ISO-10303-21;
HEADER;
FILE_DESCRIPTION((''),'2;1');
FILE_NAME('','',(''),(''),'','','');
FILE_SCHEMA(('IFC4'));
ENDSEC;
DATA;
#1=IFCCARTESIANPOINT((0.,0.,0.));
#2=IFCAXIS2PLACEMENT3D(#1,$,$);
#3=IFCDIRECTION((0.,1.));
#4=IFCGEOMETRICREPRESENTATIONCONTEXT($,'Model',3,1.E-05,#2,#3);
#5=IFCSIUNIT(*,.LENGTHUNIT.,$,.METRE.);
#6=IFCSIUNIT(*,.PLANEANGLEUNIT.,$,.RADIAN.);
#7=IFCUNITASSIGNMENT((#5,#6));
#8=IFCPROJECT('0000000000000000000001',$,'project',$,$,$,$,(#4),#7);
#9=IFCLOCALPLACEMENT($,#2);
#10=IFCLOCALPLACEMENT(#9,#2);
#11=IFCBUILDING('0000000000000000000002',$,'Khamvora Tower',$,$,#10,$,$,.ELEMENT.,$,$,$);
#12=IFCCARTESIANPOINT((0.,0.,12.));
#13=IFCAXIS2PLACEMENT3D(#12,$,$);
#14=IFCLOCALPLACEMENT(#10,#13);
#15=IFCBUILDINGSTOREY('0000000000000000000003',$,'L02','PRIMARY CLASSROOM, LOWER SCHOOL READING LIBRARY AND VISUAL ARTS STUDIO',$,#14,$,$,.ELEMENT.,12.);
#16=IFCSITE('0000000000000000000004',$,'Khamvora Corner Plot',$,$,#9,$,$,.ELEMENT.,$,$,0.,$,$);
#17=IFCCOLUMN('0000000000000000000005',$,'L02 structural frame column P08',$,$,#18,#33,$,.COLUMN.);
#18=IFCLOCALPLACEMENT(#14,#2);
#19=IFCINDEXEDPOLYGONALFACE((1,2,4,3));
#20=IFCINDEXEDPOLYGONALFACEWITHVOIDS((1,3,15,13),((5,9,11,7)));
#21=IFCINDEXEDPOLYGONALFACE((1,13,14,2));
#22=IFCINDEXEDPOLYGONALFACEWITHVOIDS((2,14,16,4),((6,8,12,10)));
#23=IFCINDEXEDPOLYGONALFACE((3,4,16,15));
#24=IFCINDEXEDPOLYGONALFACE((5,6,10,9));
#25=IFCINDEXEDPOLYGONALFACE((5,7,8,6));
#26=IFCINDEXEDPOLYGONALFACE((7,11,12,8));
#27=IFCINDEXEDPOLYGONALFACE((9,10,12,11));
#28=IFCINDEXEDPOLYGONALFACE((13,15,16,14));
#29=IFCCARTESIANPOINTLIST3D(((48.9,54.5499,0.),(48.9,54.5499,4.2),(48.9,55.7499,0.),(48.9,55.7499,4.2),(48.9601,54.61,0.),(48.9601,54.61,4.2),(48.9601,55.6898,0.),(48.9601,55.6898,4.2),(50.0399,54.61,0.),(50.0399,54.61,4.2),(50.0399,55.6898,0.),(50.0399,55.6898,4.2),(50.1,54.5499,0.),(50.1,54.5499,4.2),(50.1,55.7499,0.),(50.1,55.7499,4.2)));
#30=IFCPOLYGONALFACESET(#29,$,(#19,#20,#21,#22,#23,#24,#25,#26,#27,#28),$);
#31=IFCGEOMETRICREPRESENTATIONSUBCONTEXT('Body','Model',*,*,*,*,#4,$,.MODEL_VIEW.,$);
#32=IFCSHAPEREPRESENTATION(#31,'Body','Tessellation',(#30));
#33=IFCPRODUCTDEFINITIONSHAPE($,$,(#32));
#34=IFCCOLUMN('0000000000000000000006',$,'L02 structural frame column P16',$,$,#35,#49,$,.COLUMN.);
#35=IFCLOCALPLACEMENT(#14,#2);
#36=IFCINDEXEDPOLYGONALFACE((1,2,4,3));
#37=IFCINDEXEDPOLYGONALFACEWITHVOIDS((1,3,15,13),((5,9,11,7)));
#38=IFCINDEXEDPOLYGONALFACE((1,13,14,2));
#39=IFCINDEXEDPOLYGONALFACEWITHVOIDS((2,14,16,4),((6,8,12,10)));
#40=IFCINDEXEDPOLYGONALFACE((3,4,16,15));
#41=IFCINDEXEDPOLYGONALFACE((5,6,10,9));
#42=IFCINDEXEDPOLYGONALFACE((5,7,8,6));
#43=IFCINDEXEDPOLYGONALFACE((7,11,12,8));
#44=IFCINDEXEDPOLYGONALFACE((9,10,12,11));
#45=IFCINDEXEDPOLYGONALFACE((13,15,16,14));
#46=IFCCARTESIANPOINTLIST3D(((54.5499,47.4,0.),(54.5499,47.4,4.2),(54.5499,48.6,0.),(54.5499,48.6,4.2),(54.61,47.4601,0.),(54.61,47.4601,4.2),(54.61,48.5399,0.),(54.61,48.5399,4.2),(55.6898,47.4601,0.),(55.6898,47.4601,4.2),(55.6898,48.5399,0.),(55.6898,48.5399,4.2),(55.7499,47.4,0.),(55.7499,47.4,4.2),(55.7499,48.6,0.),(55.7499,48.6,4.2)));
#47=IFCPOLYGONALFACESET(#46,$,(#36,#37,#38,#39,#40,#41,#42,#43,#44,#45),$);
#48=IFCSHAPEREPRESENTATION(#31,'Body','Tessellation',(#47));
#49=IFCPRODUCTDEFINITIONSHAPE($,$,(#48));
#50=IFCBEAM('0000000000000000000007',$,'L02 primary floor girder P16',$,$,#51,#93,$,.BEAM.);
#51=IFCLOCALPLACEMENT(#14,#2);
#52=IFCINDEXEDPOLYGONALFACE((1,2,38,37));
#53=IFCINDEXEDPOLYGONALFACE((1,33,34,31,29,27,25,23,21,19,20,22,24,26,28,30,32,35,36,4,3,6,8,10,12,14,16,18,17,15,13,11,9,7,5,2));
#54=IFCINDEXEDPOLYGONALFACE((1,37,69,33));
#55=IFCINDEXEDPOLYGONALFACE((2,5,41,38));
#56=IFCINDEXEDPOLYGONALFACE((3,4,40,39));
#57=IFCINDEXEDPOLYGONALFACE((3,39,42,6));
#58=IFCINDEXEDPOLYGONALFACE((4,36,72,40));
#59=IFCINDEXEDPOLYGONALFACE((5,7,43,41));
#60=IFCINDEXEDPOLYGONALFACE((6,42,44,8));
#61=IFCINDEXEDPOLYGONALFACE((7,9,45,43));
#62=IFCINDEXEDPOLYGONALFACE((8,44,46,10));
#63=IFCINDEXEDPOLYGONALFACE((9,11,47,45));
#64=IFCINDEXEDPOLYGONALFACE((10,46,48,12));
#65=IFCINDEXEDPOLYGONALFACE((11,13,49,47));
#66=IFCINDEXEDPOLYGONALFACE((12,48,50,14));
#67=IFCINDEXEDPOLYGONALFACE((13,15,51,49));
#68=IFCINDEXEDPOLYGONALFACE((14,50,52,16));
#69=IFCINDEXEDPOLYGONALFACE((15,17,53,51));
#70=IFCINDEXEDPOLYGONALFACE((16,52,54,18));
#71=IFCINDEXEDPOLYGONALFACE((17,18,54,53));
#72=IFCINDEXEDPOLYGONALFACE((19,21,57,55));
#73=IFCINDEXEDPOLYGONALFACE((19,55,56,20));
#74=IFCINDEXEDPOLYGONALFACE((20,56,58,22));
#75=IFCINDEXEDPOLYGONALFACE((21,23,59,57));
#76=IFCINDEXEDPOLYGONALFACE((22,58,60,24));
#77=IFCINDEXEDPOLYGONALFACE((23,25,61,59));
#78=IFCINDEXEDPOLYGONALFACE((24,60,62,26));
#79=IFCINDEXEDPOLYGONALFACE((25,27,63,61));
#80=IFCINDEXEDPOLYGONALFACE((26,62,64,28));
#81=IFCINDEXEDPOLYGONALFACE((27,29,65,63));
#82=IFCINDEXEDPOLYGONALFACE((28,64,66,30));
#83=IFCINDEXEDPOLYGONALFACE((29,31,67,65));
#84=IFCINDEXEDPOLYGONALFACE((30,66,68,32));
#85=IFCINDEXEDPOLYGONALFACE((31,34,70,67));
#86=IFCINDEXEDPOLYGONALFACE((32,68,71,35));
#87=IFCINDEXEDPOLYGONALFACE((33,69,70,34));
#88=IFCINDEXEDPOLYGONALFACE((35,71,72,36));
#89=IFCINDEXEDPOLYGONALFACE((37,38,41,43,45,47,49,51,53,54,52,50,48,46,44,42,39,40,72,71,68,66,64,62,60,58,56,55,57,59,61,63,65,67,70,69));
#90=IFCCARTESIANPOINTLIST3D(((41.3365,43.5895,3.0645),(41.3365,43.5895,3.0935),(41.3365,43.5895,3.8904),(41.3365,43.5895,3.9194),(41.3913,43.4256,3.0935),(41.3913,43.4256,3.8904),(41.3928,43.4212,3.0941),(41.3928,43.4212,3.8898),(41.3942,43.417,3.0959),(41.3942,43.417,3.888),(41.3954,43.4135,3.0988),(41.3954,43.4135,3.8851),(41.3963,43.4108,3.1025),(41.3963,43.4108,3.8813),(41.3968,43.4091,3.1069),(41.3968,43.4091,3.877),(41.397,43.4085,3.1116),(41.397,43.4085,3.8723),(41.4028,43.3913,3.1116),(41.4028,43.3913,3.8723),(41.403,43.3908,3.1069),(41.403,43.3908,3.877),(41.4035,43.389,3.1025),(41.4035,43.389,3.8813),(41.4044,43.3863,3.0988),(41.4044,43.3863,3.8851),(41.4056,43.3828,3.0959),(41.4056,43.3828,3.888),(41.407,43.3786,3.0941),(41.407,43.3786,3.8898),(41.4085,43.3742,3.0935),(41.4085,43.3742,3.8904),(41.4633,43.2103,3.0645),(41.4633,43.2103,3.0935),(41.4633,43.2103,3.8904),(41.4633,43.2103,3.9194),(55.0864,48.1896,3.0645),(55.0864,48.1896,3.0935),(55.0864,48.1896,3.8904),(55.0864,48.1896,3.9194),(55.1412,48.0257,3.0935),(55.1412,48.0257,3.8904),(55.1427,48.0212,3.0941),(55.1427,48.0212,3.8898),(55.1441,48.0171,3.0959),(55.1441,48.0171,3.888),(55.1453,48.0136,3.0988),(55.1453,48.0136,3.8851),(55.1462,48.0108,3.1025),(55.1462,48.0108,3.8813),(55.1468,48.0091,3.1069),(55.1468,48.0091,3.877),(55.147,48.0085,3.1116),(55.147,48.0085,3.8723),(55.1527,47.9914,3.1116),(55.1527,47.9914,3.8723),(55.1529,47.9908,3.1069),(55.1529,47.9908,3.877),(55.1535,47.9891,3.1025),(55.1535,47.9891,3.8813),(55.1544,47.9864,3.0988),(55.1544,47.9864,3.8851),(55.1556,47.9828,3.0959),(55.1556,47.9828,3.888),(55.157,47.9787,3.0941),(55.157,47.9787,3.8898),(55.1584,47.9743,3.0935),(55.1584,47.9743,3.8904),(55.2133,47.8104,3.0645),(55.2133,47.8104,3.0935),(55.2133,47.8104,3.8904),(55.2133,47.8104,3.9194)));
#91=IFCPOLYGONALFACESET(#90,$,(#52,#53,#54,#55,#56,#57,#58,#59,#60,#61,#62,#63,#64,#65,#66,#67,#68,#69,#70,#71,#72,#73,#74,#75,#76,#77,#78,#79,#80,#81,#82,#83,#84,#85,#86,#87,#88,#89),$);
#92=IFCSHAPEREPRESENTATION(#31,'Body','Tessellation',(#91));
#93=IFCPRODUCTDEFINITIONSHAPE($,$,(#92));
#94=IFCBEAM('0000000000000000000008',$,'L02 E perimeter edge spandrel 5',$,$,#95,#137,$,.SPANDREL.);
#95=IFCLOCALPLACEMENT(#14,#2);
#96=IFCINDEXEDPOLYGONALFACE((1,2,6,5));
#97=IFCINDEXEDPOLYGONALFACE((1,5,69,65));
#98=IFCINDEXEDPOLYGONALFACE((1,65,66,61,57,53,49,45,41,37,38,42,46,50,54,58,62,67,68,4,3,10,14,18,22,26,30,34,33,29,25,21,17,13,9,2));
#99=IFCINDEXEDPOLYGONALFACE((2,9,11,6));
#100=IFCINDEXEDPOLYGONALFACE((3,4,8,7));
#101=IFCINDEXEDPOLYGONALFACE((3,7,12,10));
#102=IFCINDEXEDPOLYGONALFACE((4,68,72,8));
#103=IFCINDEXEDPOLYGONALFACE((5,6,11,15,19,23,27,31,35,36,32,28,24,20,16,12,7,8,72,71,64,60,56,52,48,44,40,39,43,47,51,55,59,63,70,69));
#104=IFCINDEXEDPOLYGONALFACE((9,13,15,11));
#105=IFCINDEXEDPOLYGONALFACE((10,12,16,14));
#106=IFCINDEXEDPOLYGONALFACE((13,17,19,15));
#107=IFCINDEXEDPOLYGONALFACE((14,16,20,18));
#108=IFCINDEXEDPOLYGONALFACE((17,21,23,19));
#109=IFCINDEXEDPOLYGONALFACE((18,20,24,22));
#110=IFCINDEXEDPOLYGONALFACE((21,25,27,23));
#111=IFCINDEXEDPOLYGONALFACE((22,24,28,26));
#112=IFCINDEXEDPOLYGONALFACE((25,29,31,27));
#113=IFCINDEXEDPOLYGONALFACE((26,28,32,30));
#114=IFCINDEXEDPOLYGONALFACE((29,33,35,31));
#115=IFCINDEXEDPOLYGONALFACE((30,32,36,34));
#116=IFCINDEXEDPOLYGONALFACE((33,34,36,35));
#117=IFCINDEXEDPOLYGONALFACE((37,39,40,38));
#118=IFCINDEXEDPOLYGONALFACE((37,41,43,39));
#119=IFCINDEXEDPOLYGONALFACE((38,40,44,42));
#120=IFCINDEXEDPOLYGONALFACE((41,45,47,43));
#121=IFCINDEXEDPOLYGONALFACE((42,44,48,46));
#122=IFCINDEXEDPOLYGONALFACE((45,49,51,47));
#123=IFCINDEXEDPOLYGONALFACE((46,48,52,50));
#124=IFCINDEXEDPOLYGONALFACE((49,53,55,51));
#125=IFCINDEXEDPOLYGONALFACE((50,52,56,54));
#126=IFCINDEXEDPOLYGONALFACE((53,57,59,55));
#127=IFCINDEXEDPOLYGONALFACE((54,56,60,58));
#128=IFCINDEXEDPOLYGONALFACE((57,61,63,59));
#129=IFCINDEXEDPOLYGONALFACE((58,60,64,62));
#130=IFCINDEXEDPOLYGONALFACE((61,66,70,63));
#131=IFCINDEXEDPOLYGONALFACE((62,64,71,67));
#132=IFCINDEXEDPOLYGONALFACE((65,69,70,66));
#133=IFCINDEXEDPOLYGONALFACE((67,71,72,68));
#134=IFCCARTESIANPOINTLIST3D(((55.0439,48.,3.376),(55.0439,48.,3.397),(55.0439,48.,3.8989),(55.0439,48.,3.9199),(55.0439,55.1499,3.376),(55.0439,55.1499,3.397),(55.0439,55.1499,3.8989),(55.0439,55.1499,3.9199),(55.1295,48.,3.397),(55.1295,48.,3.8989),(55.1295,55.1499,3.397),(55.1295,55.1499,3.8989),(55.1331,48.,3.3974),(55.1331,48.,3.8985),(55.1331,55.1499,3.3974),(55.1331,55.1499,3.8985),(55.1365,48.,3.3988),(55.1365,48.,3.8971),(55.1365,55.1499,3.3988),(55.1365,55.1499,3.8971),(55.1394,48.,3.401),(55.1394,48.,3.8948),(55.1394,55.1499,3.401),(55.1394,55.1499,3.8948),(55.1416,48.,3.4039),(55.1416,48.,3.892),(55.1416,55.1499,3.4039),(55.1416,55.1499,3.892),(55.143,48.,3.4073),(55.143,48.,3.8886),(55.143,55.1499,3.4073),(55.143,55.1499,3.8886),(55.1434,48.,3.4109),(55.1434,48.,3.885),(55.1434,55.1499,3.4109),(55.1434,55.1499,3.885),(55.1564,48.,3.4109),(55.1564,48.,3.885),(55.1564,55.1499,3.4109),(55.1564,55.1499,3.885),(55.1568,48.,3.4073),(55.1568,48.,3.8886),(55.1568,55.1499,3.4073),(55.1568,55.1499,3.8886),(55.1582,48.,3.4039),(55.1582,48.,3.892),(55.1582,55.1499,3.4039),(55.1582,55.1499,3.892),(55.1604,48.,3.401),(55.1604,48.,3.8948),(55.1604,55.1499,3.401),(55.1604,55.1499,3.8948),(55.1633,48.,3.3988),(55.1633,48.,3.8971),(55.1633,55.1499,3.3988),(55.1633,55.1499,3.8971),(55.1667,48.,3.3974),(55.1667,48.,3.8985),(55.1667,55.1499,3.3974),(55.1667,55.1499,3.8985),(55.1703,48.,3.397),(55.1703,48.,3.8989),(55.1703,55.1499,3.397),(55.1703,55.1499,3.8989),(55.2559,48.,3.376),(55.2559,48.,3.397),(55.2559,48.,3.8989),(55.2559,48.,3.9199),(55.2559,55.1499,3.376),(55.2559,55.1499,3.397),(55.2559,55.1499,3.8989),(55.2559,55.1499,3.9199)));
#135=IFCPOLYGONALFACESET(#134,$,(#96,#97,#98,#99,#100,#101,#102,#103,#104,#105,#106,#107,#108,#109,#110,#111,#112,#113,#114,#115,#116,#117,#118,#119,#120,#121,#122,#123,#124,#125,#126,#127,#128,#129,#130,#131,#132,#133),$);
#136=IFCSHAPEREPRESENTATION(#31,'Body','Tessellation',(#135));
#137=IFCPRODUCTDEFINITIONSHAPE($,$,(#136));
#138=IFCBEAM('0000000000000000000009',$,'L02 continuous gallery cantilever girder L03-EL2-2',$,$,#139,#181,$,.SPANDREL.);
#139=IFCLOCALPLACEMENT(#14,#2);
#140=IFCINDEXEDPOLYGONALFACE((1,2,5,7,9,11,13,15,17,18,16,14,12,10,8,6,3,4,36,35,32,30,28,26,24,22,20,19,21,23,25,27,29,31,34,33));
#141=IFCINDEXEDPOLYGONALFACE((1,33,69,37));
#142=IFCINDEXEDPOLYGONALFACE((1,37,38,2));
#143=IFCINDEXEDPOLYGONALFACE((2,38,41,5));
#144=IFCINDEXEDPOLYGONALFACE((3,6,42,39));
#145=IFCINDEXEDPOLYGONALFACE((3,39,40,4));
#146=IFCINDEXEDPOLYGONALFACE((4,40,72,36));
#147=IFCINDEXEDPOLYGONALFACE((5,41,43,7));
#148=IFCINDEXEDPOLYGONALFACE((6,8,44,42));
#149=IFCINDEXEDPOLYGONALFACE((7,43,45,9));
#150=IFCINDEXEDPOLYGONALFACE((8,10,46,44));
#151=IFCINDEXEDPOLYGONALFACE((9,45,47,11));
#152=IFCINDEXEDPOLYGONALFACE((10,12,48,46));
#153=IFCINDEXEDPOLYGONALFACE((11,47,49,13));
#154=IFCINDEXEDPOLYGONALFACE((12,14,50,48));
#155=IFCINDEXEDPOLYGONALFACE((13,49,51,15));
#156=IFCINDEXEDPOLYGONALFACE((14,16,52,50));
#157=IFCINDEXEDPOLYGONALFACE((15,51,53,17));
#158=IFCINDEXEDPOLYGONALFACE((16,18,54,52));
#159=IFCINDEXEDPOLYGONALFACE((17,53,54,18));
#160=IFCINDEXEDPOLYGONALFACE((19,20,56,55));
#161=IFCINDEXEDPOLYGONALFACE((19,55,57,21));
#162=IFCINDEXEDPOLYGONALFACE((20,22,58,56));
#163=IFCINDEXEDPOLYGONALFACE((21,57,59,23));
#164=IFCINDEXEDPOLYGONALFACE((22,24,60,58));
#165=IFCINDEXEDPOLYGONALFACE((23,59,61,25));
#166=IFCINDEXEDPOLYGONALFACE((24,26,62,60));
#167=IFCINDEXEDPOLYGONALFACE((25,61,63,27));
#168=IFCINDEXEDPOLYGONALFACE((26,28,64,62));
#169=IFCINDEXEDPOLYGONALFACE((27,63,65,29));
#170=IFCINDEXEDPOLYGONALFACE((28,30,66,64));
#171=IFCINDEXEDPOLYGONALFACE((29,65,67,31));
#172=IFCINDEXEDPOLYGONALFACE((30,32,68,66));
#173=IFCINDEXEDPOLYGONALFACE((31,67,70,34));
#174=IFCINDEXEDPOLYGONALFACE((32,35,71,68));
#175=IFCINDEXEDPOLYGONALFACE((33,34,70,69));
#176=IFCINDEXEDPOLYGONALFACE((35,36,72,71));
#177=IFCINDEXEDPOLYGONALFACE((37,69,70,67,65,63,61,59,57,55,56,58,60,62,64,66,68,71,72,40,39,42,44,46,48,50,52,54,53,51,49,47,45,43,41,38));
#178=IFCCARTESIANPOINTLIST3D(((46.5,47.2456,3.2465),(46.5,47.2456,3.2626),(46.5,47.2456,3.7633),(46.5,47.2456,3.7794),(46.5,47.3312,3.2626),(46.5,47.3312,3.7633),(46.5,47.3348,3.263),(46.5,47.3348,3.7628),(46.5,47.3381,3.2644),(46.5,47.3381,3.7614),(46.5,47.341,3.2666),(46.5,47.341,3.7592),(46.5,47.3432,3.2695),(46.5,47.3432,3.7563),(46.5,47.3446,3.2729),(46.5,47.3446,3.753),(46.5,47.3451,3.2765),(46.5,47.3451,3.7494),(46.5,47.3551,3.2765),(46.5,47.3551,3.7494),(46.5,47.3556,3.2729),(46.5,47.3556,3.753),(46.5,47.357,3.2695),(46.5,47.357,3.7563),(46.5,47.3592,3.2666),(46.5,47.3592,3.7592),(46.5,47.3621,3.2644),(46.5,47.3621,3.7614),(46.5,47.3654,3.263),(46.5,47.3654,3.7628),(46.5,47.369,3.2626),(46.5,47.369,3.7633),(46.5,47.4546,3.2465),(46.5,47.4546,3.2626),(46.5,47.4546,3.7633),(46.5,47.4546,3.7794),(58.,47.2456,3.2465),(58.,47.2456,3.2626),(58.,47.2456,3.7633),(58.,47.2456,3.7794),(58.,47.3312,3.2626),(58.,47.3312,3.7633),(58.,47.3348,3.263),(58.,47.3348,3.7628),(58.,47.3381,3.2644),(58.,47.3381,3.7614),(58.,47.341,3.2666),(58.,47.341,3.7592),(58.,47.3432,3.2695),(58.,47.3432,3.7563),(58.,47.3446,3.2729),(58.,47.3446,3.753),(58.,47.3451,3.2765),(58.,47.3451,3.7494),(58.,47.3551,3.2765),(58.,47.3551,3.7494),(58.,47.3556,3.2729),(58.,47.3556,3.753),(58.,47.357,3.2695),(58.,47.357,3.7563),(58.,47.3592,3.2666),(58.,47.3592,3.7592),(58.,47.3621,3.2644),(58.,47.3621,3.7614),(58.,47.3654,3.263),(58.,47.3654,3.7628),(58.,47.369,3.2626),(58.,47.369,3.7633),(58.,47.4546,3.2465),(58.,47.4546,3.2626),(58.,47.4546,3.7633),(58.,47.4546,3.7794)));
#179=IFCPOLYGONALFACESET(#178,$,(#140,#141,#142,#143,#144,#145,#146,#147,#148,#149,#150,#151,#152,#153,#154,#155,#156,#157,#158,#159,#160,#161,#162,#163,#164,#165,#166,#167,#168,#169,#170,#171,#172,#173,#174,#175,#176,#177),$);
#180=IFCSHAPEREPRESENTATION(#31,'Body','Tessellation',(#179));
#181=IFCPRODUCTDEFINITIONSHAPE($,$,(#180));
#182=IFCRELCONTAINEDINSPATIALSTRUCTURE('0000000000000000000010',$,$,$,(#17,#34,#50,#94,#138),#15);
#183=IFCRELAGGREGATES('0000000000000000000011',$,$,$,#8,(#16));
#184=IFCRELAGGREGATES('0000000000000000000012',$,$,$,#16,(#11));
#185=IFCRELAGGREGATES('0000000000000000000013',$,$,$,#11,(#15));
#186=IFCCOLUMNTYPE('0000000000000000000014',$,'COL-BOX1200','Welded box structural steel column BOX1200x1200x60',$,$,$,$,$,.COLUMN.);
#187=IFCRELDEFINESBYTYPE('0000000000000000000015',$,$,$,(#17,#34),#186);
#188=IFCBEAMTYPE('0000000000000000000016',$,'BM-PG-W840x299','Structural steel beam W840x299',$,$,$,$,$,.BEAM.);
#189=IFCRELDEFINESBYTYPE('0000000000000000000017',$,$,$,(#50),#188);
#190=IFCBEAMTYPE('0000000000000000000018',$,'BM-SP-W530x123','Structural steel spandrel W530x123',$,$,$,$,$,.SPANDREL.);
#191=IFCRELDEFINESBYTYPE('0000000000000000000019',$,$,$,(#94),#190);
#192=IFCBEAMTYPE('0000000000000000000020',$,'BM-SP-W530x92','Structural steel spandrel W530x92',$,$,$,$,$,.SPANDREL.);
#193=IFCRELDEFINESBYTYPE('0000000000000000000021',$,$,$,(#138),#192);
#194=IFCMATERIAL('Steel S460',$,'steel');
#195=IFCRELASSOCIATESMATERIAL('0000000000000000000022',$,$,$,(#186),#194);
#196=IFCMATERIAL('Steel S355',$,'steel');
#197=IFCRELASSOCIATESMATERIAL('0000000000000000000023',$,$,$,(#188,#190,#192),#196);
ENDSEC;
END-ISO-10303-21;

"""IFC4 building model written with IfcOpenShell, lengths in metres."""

from ifc_helpers import new_model, si_unit, direction, frame, origin, origin_2d, place, context, subcontext, project, spatial, hollow_rectangle, i_section, extrude, material, material_profile, profile_set, type_object, element, save


model = new_model("IFC4")

# Units and contexts
model_context = context("Model", 3, precision=1e-05, world=origin(), true_north=direction((0.0, 1.0)))
body_context = subcontext(model_context, "Body", "Model", "MODEL_VIEW")
ifc_project = project(units=[si_unit("LENGTHUNIT", "METRE"), si_unit("PLANEANGLEUNIT", "RADIAN")], contexts=[model_context])

# Site, building, storey
site_placement = place(None, origin())
site = spatial("IfcSite", under=ifc_project, at=site_placement, Name="Khamvora Corner Plot", CompositionType="ELEMENT", RefElevation=0.0)
building_placement = place(site_placement, origin())
building = spatial("IfcBuilding", under=site, at=building_placement, Name="Khamvora Tower", CompositionType="ELEMENT")
storey_placement = place(building_placement, frame((0.0, 0.0, 12.0)))
storey = spatial("IfcBuildingStorey", under=building, at=storey_placement, Name="L02", Description="PRIMARY CLASSROOM, LOWER SCHOOL READING LIBRARY AND VISUAL ARTS STUDIO", CompositionType="ELEMENT", Elevation=12.0)

# Columns
ifc_material_1 = material(Name="Steel S460", Category="steel")
ifc_material_profile_1 = material_profile(ifc_material_1, hollow_rectangle(XDim=1.2, YDim=1.2, WallThickness=0.0601, at=origin_2d()), Name="BOX1200x1200x60")
ifc_profile_set_1 = profile_set([ifc_material_profile_1], Name="Steel S460")
column_type = type_object("IfcColumnType", Name="COL-BOX1200", Description="Welded box structural steel column BOX1200x1200x60", PredefinedType="COLUMN", material=ifc_profile_set_1)
for number, where, z_axis, x_axis, name in (
    (1, (49.5, 55.1499, 0.0), (0.0, 0.0, 1.0), (1.0, 0.0, 0.0), "L02 structural frame column P08"),
    (2, (55.1499, 48.0, 0.0), (0.0, 0.0, 1.0), (1.0, 0.0, 0.0), "L02 structural frame column P16"),
):
    element("IfcColumn", number, at=place(storey_placement, frame(where, z_axis=z_axis, x_axis=x_axis)), inside=storey, type_object=column_type, Name=name, PredefinedType="COLUMN", context=body_context, shape_type="SweptSolid", body=[
        extrude(hollow_rectangle(XDim=1.2, YDim=1.2, WallThickness=0.0601, at=origin_2d()), origin(), (0.0, 0.0, 1.0), 4.2),
    ])

# Beams
ifc_material_2 = material(Name="Steel S355", Category="steel")
ifc_material_profile_2 = material_profile(ifc_material_2, i_section(OverallWidth=0.3999, OverallDepth=0.855, WebThickness=0.0181, FlangeThickness=0.0291, FilletRadius=0.0181, at=origin_2d()), Name="W840x299")
ifc_profile_set_2 = profile_set([ifc_material_profile_2], Name="Steel S355")
beam_type_1 = type_object("IfcBeamType", Name="BM-PG-W840x299", Description="Structural steel beam W840x299", PredefinedType="BEAM", material=ifc_profile_set_2)
beam_1_placement = place(storey_placement, frame((41.3999, 43.3999, 3.4919), z_axis=(0.948336, 0.317268, 0.0), x_axis=(-0.317268, 0.948336, 0.0)))
element("IfcBeam", 3, at=beam_1_placement, inside=storey, type_object=beam_type_1, Name="L02 primary floor girder P16", PredefinedType="BEAM", context=body_context, shape_type="SweptSolid", body=[
    extrude(i_section(OverallWidth=0.3999, OverallDepth=0.855, WebThickness=0.0181, FlangeThickness=0.0291, FilletRadius=0.0181, at=origin_2d()), origin(), (0.0, 0.0, 1.0), 14.499),
])
ifc_material_profile_3 = material_profile(ifc_material_2, i_section(OverallWidth=0.2119, OverallDepth=0.5439, WebThickness=0.0129, FlangeThickness=0.021, FilletRadius=0.0139, at=origin_2d()), Name="W530x123")
ifc_profile_set_3 = profile_set([ifc_material_profile_3], Name="Steel S355")
beam_type_2 = type_object("IfcBeamType", Name="BM-SP-W530x123", Description="Structural steel spandrel W530x123", PredefinedType="SPANDREL", material=ifc_profile_set_3)
beam_2_placement = place(storey_placement, frame((55.1499, 48.0, 3.6479), z_axis=(0.0, 1.0, 0.0), x_axis=(-1.0, 0.0, 0.0)))
element("IfcBeam", 4, at=beam_2_placement, inside=storey, type_object=beam_type_2, Name="L02 E perimeter edge spandrel 5", PredefinedType="SPANDREL", context=body_context, shape_type="SweptSolid", body=[
    extrude(i_section(OverallWidth=0.2119, OverallDepth=0.5439, WebThickness=0.0129, FlangeThickness=0.021, FilletRadius=0.0139, at=origin_2d()), origin(), (0.0, 0.0, 1.0), 7.1499),
])
ifc_material_profile_4 = material_profile(ifc_material_2, i_section(OverallWidth=0.209, OverallDepth=0.533, WebThickness=0.01, FlangeThickness=0.0161, FilletRadius=0.0139, at=origin_2d()), Name="W530x92")
ifc_profile_set_4 = profile_set([ifc_material_profile_4], Name="Steel S355")
beam_type_3 = type_object("IfcBeamType", Name="BM-SP-W530x92", Description="Structural steel spandrel W530x92", PredefinedType="SPANDREL", material=ifc_profile_set_4)
beam_3_placement = place(storey_placement, frame((46.5, 47.3501, 3.5129), z_axis=(1.0, 0.0, 0.0), x_axis=(0.0, 1.0, 0.0)))
element("IfcBeam", 5, at=beam_3_placement, inside=storey, type_object=beam_type_3, Name="L02 continuous gallery cantilever girder L03-EL2-2", PredefinedType="SPANDREL", context=body_context, shape_type="SweptSolid", body=[
    extrude(i_section(OverallWidth=0.209, OverallDepth=0.533, WebThickness=0.01, FlangeThickness=0.0161, FilletRadius=0.0139, at=origin_2d()), origin(), (0.0, 0.0, 1.0), 11.5),
])

save(model, "model.ifc")
